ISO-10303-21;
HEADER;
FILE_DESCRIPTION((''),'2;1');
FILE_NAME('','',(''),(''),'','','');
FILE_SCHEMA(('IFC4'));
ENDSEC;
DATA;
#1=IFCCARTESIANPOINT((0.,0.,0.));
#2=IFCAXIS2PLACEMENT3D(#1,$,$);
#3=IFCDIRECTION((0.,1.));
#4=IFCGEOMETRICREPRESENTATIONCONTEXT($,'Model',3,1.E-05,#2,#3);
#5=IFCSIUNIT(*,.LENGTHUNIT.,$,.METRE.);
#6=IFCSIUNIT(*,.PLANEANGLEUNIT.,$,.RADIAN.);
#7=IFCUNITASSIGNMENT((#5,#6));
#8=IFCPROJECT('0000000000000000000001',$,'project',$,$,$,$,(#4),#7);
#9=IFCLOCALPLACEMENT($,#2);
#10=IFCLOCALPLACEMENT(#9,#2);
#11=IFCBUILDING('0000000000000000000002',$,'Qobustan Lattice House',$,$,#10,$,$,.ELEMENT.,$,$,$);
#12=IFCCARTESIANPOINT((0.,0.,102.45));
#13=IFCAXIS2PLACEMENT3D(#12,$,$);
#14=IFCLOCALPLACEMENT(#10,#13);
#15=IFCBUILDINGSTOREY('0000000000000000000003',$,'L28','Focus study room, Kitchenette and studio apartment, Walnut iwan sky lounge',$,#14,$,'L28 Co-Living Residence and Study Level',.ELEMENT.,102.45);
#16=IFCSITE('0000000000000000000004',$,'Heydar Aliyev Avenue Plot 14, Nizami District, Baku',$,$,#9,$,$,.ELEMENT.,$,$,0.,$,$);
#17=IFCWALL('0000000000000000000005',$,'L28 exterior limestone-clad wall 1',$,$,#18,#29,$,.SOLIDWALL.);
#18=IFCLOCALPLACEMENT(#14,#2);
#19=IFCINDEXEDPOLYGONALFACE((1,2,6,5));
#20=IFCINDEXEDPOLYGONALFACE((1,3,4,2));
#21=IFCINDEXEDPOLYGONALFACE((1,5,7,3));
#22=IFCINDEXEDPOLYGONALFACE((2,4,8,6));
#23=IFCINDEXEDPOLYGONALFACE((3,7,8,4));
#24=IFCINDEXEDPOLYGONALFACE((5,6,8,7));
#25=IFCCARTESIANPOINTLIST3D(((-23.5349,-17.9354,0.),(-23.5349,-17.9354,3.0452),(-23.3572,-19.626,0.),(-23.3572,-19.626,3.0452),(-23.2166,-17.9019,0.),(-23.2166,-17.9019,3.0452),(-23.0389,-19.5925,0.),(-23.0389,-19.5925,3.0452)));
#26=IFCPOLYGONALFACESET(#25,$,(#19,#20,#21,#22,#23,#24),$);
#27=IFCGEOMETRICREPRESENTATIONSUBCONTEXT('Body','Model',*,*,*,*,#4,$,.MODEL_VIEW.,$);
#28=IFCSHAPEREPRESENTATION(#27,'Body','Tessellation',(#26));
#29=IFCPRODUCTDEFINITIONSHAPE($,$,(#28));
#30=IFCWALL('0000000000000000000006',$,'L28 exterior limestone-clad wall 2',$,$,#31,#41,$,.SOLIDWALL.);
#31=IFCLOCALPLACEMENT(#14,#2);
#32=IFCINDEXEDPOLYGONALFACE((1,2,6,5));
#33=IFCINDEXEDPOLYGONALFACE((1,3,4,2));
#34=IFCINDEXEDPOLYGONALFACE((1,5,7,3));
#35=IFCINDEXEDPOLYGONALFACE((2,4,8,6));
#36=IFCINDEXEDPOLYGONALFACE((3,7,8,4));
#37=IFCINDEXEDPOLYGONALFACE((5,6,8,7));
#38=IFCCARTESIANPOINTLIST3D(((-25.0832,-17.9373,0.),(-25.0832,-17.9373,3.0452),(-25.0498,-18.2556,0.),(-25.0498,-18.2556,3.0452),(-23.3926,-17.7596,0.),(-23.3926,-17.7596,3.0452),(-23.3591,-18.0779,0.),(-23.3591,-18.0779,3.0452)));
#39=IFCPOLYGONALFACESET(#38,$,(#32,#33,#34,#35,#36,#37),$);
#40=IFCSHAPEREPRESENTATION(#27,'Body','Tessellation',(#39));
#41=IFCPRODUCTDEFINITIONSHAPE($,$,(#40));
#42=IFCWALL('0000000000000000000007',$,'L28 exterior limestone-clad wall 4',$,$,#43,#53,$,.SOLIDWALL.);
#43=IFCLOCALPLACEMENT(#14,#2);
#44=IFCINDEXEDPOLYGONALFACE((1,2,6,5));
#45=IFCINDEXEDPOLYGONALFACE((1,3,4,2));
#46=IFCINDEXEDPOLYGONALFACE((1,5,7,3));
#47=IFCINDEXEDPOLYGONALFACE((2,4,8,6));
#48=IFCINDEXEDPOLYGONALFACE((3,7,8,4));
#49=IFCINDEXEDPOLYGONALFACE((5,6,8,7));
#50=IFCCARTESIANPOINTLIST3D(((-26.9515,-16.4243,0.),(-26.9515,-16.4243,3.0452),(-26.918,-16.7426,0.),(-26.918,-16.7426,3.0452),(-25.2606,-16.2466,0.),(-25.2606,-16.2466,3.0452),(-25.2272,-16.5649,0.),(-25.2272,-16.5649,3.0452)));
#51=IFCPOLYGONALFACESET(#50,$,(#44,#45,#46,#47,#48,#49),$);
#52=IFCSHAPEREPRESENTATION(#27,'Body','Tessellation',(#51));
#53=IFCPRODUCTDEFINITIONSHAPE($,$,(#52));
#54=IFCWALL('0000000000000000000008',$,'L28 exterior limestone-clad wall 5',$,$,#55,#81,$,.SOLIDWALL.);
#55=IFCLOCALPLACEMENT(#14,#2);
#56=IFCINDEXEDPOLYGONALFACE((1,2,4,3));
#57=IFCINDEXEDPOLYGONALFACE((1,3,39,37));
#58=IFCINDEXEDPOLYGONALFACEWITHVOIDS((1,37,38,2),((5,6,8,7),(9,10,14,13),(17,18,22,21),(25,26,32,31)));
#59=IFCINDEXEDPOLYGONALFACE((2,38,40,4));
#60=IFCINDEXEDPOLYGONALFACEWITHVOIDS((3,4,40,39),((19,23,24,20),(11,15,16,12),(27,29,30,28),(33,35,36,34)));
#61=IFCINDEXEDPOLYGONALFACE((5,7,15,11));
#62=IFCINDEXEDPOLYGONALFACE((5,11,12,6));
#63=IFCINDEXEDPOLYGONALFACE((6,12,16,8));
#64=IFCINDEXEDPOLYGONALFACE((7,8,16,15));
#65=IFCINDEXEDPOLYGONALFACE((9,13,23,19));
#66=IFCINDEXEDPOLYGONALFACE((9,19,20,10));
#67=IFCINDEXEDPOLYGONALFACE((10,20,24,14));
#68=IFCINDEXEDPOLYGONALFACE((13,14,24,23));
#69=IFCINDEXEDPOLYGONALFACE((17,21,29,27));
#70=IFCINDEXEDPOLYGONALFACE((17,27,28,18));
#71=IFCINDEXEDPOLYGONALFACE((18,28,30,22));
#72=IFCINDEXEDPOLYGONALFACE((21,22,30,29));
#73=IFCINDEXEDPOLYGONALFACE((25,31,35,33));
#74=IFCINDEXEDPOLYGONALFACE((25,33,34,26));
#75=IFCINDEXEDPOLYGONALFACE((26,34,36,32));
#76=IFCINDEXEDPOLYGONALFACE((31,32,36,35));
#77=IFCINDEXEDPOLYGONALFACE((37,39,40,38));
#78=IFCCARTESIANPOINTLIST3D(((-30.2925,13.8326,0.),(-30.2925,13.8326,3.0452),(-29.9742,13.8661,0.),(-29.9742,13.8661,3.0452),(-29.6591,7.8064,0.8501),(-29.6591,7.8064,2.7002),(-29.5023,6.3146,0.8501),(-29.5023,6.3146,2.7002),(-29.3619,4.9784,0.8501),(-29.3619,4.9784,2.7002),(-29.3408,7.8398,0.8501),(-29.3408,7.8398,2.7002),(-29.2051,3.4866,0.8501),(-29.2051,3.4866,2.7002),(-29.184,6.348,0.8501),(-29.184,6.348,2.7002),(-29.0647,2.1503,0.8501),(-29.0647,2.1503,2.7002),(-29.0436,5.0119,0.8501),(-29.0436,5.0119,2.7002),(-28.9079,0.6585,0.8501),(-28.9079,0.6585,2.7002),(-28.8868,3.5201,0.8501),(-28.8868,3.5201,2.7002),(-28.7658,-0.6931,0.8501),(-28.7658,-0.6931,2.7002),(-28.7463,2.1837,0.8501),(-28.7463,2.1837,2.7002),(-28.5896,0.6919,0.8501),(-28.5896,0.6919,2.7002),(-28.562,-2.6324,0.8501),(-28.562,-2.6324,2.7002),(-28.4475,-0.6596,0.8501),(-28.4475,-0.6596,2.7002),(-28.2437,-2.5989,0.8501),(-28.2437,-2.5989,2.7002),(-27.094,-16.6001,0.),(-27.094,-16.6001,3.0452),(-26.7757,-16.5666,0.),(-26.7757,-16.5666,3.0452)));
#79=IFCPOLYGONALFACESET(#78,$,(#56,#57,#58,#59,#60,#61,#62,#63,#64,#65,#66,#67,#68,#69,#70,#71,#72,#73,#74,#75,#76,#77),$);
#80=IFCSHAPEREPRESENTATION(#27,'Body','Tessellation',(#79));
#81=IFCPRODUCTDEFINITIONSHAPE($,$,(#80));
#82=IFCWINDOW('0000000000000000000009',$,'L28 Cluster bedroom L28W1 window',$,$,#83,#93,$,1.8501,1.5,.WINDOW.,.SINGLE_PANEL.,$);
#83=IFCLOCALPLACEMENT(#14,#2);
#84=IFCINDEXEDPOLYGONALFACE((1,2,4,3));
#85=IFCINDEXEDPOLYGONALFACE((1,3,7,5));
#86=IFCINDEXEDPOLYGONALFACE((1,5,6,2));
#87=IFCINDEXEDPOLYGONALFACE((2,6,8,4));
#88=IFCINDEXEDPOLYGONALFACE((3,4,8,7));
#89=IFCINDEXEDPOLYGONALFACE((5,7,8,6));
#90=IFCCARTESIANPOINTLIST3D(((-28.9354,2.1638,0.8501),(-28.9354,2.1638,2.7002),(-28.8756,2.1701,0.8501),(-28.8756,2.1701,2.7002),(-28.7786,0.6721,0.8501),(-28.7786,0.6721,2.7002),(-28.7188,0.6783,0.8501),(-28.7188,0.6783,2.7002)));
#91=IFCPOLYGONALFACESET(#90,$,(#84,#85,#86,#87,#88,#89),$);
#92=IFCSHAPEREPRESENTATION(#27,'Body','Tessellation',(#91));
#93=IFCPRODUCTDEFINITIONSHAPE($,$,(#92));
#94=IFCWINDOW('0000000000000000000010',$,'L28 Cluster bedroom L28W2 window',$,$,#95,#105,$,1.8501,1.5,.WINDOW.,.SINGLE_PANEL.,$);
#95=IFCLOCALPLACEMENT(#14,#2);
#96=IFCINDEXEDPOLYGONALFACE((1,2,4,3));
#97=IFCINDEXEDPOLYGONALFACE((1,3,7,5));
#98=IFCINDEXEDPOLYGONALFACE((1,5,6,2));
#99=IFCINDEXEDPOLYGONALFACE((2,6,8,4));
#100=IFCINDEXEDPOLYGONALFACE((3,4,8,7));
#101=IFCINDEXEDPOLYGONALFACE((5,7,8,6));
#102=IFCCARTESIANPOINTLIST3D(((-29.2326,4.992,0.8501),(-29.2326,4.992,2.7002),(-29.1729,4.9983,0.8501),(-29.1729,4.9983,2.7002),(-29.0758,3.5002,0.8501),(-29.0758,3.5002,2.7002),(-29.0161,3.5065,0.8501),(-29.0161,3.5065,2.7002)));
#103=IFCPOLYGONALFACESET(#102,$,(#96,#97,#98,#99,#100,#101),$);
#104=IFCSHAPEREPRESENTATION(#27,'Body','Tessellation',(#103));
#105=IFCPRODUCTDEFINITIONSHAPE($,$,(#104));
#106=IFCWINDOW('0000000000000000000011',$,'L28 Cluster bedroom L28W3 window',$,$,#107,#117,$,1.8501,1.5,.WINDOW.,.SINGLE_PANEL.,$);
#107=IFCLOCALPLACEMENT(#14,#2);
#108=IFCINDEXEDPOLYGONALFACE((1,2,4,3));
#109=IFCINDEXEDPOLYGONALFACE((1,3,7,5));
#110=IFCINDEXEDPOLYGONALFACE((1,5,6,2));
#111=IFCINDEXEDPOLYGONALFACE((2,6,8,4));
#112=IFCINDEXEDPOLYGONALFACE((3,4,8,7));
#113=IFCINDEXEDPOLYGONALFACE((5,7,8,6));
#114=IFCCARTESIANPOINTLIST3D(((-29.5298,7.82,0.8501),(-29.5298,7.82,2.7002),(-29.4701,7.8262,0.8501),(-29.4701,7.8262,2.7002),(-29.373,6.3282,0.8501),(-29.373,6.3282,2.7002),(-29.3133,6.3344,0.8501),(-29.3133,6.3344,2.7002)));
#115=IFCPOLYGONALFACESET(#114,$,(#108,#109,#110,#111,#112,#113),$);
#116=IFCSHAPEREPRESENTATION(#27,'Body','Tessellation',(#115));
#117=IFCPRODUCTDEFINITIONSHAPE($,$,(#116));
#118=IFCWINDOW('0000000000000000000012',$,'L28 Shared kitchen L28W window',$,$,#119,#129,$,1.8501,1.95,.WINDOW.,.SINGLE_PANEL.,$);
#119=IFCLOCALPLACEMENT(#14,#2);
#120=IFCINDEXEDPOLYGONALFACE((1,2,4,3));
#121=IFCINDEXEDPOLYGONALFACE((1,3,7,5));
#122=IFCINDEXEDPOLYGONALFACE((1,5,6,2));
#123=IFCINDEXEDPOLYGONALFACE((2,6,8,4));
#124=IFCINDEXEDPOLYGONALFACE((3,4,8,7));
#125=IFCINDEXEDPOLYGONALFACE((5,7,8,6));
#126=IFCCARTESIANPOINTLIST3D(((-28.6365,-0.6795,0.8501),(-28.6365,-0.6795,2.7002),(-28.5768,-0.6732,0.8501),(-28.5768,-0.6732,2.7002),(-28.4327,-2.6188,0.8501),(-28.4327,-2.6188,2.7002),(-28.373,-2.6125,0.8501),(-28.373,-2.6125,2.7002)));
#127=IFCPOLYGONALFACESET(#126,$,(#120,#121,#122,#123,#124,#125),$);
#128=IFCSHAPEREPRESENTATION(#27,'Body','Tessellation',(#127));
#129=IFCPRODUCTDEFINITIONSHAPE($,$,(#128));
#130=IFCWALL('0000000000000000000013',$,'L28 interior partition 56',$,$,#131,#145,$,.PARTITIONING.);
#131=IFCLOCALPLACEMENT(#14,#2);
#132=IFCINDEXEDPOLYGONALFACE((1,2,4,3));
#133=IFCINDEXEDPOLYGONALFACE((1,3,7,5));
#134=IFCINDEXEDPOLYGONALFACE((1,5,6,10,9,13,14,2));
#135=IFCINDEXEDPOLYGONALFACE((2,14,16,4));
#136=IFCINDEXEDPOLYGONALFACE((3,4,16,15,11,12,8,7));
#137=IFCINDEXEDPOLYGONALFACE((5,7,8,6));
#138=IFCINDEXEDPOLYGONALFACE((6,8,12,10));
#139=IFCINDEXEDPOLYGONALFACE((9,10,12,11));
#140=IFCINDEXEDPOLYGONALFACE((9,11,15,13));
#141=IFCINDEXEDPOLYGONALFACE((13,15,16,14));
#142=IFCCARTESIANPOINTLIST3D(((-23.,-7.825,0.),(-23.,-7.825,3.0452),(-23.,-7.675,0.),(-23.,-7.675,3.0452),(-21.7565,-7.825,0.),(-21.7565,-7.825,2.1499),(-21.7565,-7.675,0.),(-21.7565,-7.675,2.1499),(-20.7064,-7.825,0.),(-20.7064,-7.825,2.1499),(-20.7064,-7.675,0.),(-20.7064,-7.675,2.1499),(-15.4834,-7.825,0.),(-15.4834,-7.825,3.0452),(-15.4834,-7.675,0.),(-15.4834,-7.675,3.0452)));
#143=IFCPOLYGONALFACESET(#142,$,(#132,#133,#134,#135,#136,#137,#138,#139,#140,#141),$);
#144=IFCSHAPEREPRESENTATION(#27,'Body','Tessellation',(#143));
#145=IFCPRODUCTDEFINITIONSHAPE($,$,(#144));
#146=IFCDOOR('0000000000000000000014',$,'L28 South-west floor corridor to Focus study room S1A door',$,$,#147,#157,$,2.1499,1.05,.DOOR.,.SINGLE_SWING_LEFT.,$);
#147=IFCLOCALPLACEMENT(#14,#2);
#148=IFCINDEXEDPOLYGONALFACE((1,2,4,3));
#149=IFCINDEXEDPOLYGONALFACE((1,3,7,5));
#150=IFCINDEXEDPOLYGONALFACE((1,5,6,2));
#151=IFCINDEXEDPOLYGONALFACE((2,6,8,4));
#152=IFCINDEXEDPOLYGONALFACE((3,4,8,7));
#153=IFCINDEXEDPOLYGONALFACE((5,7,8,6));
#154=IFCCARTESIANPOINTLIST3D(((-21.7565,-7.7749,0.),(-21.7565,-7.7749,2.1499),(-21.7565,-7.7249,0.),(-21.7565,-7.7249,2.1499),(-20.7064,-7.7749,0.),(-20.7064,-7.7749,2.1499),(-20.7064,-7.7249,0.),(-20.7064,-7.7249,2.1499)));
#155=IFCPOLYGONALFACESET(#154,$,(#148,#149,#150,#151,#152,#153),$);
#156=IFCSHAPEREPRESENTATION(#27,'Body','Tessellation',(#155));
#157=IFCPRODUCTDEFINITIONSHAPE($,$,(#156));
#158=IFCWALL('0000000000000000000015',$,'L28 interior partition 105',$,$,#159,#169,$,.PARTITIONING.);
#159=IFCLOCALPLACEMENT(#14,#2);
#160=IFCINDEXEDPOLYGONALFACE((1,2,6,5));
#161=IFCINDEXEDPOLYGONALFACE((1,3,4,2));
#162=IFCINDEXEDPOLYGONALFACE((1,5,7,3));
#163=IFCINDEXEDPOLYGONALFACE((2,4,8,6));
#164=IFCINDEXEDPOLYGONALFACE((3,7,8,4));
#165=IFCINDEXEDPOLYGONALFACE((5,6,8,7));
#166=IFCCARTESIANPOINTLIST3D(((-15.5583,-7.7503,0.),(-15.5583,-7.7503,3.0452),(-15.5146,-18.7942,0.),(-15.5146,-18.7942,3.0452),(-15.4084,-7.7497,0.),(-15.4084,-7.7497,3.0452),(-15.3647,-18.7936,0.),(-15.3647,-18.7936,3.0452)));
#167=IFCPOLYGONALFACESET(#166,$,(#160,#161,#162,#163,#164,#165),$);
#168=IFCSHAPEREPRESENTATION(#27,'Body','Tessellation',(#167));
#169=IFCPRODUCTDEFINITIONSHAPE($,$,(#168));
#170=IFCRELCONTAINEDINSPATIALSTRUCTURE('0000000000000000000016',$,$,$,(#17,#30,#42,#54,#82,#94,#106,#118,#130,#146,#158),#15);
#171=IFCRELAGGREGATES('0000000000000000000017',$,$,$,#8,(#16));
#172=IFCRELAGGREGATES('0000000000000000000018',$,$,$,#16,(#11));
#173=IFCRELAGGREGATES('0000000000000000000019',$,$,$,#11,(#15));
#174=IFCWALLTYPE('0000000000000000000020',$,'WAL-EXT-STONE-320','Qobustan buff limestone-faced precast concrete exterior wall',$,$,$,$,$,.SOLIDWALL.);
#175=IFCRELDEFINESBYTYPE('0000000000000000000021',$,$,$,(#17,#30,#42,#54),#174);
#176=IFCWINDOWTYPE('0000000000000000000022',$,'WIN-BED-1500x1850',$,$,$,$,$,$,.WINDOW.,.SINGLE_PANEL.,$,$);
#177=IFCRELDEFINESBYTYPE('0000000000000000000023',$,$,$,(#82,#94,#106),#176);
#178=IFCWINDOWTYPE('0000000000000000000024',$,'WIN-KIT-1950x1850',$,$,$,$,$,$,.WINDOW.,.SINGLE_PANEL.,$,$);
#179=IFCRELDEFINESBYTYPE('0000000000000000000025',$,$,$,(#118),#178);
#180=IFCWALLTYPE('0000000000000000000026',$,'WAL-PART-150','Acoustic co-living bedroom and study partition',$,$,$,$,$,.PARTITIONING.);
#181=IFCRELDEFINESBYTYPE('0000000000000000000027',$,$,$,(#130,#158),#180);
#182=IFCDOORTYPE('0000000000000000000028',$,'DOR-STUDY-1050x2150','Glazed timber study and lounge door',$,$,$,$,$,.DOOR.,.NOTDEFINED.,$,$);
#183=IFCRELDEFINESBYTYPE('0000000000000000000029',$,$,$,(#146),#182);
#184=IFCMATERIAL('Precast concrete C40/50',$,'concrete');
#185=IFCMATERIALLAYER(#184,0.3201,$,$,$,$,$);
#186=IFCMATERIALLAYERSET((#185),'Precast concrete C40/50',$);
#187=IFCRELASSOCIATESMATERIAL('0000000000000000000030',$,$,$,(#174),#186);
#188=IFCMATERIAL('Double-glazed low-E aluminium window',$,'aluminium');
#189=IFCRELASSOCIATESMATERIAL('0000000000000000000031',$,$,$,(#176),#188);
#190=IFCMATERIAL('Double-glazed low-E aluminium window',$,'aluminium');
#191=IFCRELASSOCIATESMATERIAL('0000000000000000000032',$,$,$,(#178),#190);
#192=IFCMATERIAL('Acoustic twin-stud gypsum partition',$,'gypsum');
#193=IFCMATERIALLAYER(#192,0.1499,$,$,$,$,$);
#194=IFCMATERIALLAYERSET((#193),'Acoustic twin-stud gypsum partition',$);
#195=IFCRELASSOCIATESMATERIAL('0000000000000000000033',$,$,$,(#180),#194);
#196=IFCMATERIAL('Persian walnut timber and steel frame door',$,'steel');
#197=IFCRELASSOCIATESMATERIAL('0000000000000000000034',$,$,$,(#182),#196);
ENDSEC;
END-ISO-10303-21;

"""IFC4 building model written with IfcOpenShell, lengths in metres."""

from ifc_helpers import new_model, si_unit, direction, frame, frame_2d, origin, place, context, subcontext, project, spatial, rectangle, extrude, material, layer, layer_set, type_object, element, fill, save


model = new_model("IFC4")

# Units and contexts
model_context = context("Model", 3, precision=1e-05, world=origin(), true_north=direction((0.0, 1.0)))
body_context = subcontext(model_context, "Body", "Model", "MODEL_VIEW")
ifc_project = project(units=[si_unit("LENGTHUNIT", "METRE"), si_unit("PLANEANGLEUNIT", "RADIAN")], contexts=[model_context])

# Site, building, storey
site_placement = place(None, origin())
site = spatial("IfcSite", under=ifc_project, at=site_placement, Name="Heydar Aliyev Avenue Plot 14, Nizami District, Baku", CompositionType="ELEMENT", RefElevation=0.0)
building_placement = place(site_placement, origin())
building = spatial("IfcBuilding", under=site, at=building_placement, Name="Qobustan Lattice House", CompositionType="ELEMENT")
storey_placement = place(building_placement, frame((0.0, 0.0, 102.45)))
storey = spatial("IfcBuildingStorey", under=building, at=storey_placement, Name="L28", Description="Focus study room, Kitchenette and studio apartment, Walnut iwan sky lounge", LongName="L28 Co-Living Residence and Study Level", CompositionType="ELEMENT", Elevation=102.45)

# Walls
ifc_material_1 = material(Name="Precast concrete C40/50", Category="concrete")
ifc_layer_1 = layer(ifc_material_1, 0.3201)
ifc_layer_set_1 = layer_set([ifc_layer_1], Name="Precast concrete C40/50")
wall_type_1 = type_object("IfcWallType", Name="WAL-EXT-STONE-320", Description="Qobustan buff limestone-faced precast concrete exterior wall", PredefinedType="SOLIDWALL", material=ifc_layer_set_1)
for number, where, z_axis, x_axis, name in (
    (1, (-23.198, -19.6094, 0.0), (0.0, 0.0, 1.0), (-0.10455, 0.99452, 0.0), "L28 exterior limestone-clad wall 1"),
    (2, (-23.3757, -17.9187, 0.0), (0.0, 0.0, 1.0), (-0.99452, -0.10455, 0.0), "L28 exterior limestone-clad wall 2"),
):
    element("IfcWall", number, at=place(storey_placement, frame(where, z_axis=z_axis, x_axis=x_axis)), inside=storey, type_object=wall_type_1, Name=name, PredefinedType="SOLIDWALL", context=body_context, shape_type="SweptSolid", body=[
        extrude(rectangle(XDim=1.7, YDim=0.3201, at=frame_2d((0.8501, 0.0))), origin(), (0.0, 0.0, 1.0), 3.0452),
    ])
wall_1_placement = place(storey_placement, frame((-25.2439, -16.4058, 0.0), z_axis=(0.0, 0.0, 1.0), x_axis=(-0.994521, -0.104535, 0.0)))
element("IfcWall", 3, at=wall_1_placement, inside=storey, type_object=wall_type_1, Name="L28 exterior limestone-clad wall 4", PredefinedType="SOLIDWALL", context=body_context, shape_type="SweptSolid", body=[
    extrude(rectangle(XDim=1.7002, YDim=0.3201, at=frame_2d((0.8501, 0.0))), origin(), (0.0, 0.0, 1.0), 3.0452),
])

# Wall, openings, windows
wall_2_placement = place(storey_placement, frame((-26.9348, -16.5835, 0.0), z_axis=(0.0, 0.0, 1.0), x_axis=(-0.104525, 0.994522, 0.0)))
wall_2 = element("IfcWall", 4, at=wall_2_placement, inside=storey, type_object=wall_type_1, Name="L28 exterior limestone-clad wall 5", PredefinedType="SOLIDWALL", context=body_context, shape_type="SweptSolid", body=[
    extrude(rectangle(XDim=30.6003, YDim=0.3201, at=frame_2d((15.3003, 0.0))), origin(), (0.0, 0.0, 1.0), 3.0452),
])
opening_1_placement = place(wall_2_placement, frame((14.0447, 0.0, 0.8501)))
opening_1 = element("IfcOpeningElement", 5, at=opening_1_placement, cuts=wall_2, PredefinedType="OPENING", context=body_context, shape_type="SweptSolid", body=[
    extrude(rectangle(XDim=1.95, YDim=1.8501, at=frame_2d((0.9751, 0.925))), frame((0.0, 0.1699, 0.0), z_axis=(0.0, -1.0, 0.0), x_axis=(1.0, 0.0, 0.0)), (0.0, 0.0, 1.0), 0.3401),
])
opening_2_placement = place(wall_2_placement, frame((17.3538, 0.0, 0.8501)))
opening_2 = element("IfcOpeningElement", 6, at=opening_2_placement, cuts=wall_2, PredefinedType="OPENING", context=body_context, shape_type="SweptSolid", body=[
    extrude(rectangle(XDim=1.5, YDim=1.8501, at=frame_2d((0.75, 0.925))), frame((0.0, 0.1699, 0.0), z_axis=(0.0, -1.0, 0.0), x_axis=(1.0, 0.0, 0.0)), (0.0, 0.0, 1.0), 0.3401),
])
opening_3_placement = place(wall_2_placement, frame((20.1975, 0.0, 0.8501)))
opening_3 = element("IfcOpeningElement", 7, at=opening_3_placement, cuts=wall_2, PredefinedType="OPENING", context=body_context, shape_type="SweptSolid", body=[
    extrude(rectangle(XDim=1.5, YDim=1.8501, at=frame_2d((0.75, 0.925))), frame((0.0, 0.1699, 0.0), z_axis=(0.0, -1.0, 0.0), x_axis=(1.0, 0.0, 0.0)), (0.0, 0.0, 1.0), 0.3401),
])
opening_4_placement = place(wall_2_placement, frame((23.041, 0.0, 0.8501)))
opening_4 = element("IfcOpeningElement", 8, at=opening_4_placement, cuts=wall_2, PredefinedType="OPENING", context=body_context, shape_type="SweptSolid", body=[
    extrude(rectangle(XDim=1.5, YDim=1.8501, at=frame_2d((0.75, 0.925))), frame((0.0, 0.1699, 0.0), z_axis=(0.0, -1.0, 0.0), x_axis=(1.0, 0.0, 0.0)), (0.0, 0.0, 1.0), 0.3401),
])
ifc_material_2 = material(Name="Double-glazed low-E aluminium window", Category="aluminium")
window_type_1 = type_object("IfcWindowType", Name="WIN-BED-1500x1850", PartitioningType="SINGLE_PANEL", PredefinedType="WINDOW", material=ifc_material_2)
window_1_placement = place(opening_2_placement, origin())
window_1 = element("IfcWindow", 9, at=window_1_placement, inside=storey, type_object=window_type_1, Name="L28 Cluster bedroom L28W1 window", OverallHeight=1.8501, OverallWidth=1.5, PartitioningType="SINGLE_PANEL", PredefinedType="WINDOW", context=body_context, shape_type="SweptSolid", body=[
    extrude(rectangle(XDim=1.5, YDim=1.8501, at=frame_2d((0.75, 0.925))), frame((0.0, 0.03, 0.0), z_axis=(0.0, -1.0, 0.0), x_axis=(1.0, 0.0, 0.0)), (0.0, 0.0, 1.0), 0.0601),
])
fill(opening_2, window_1)
window_2_placement = place(opening_3_placement, origin())
window_2 = element("IfcWindow", 10, at=window_2_placement, inside=storey, type_object=window_type_1, Name="L28 Cluster bedroom L28W2 window", OverallHeight=1.8501, OverallWidth=1.5, PartitioningType="SINGLE_PANEL", PredefinedType="WINDOW", context=body_context, shape_type="SweptSolid", body=[
    extrude(rectangle(XDim=1.5, YDim=1.8501, at=frame_2d((0.75, 0.925))), frame((0.0, 0.03, 0.0), z_axis=(0.0, -1.0, 0.0), x_axis=(1.0, 0.0, 0.0)), (0.0, 0.0, 1.0), 0.0601),
])
fill(opening_3, window_2)
window_3_placement = place(opening_4_placement, origin())
window_3 = element("IfcWindow", 11, at=window_3_placement, inside=storey, type_object=window_type_1, Name="L28 Cluster bedroom L28W3 window", OverallHeight=1.8501, OverallWidth=1.5, PartitioningType="SINGLE_PANEL", PredefinedType="WINDOW", context=body_context, shape_type="SweptSolid", body=[
    extrude(rectangle(XDim=1.5, YDim=1.8501, at=frame_2d((0.75, 0.925))), frame((0.0, 0.03, 0.0), z_axis=(0.0, -1.0, 0.0), x_axis=(1.0, 0.0, 0.0)), (0.0, 0.0, 1.0), 0.0601),
])
fill(opening_4, window_3)
ifc_material_3 = material(Name="Double-glazed low-E aluminium window", Category="aluminium")
window_type_2 = type_object("IfcWindowType", Name="WIN-KIT-1950x1850", PartitioningType="SINGLE_PANEL", PredefinedType="WINDOW", material=ifc_material_3)
window_4_placement = place(opening_1_placement, origin())
window_4 = element("IfcWindow", 12, at=window_4_placement, inside=storey, type_object=window_type_2, Name="L28 Shared kitchen L28W window", OverallHeight=1.8501, OverallWidth=1.95, PartitioningType="SINGLE_PANEL", PredefinedType="WINDOW", context=body_context, shape_type="SweptSolid", body=[
    extrude(rectangle(XDim=1.95, YDim=1.8501, at=frame_2d((0.9751, 0.925))), frame((0.0, 0.03, 0.0), z_axis=(0.0, -1.0, 0.0), x_axis=(1.0, 0.0, 0.0)), (0.0, 0.0, 1.0), 0.0601),
])
fill(opening_1, window_4)

# Wall, opening, door
ifc_material_4 = material(Name="Acoustic twin-stud gypsum partition", Category="gypsum")
ifc_layer_2 = layer(ifc_material_4, 0.1499)
ifc_layer_set_2 = layer_set([ifc_layer_2], Name="Acoustic twin-stud gypsum partition")
wall_type_2 = type_object("IfcWallType", Name="WAL-PART-150", Description="Acoustic co-living bedroom and study partition", PredefinedType="PARTITIONING", material=ifc_layer_set_2)
wall_3_placement = place(storey_placement, frame((-15.4834, -7.75, 0.0), z_axis=(0.0, 0.0, 1.0), x_axis=(-1.0, 0.0, 0.0)))
wall_3 = element("IfcWall", 13, at=wall_3_placement, inside=storey, type_object=wall_type_2, Name="L28 interior partition 56", PredefinedType="PARTITIONING", context=body_context, shape_type="SweptSolid", body=[
    extrude(rectangle(XDim=7.5166, YDim=0.1499, at=frame_2d((3.7583, 0.0))), origin(), (0.0, 0.0, 1.0), 3.0452),
])
opening_5_placement = place(wall_3_placement, frame((5.2231, 0.0, 0.0)))
opening_5 = element("IfcOpeningElement", 14, at=opening_5_placement, cuts=wall_3, PredefinedType="OPENING", context=body_context, shape_type="SweptSolid", body=[
    extrude(rectangle(XDim=1.05, YDim=2.1499, at=frame_2d((0.5249, 1.075))), frame((0.0, 0.085, 0.0), z_axis=(0.0, -1.0, 0.0), x_axis=(1.0, 0.0, 0.0)), (0.0, 0.0, 1.0), 0.1699),
])
ifc_material_5 = material(Name="Persian walnut timber and steel frame door", Category="steel")
door_type = type_object("IfcDoorType", Name="DOR-STUDY-1050x2150", Description="Glazed timber study and lounge door", OperationType="NOTDEFINED", PredefinedType="DOOR", material=ifc_material_5)
door_placement = place(opening_5_placement, origin())
door = element("IfcDoor", 15, at=door_placement, inside=storey, type_object=door_type, Name="L28 South-west floor corridor to Focus study room S1A door", OperationType="SINGLE_SWING_LEFT", OverallHeight=2.1499, OverallWidth=1.05, PredefinedType="DOOR", context=body_context, shape_type="SweptSolid", body=[
    extrude(rectangle(XDim=1.05, YDim=2.1499, at=frame_2d((0.5249, 1.075))), frame((0.0, 0.0249, 0.0), z_axis=(0.0, -1.0, 0.0), x_axis=(1.0, 0.0, 0.0)), (0.0, 0.0, 1.0), 0.05),
])
fill(opening_5, door)

# Wall
wall_4_placement = place(storey_placement, frame((-15.4834, -7.75, 0.0), z_axis=(0.0, 0.0, 1.0), x_axis=(0.003957, -0.999992, 0.0)))
element("IfcWall", 16, at=wall_4_placement, inside=storey, type_object=wall_type_2, Name="L28 interior partition 105", PredefinedType="PARTITIONING", context=body_context, shape_type="SweptSolid", body=[
    extrude(rectangle(XDim=11.0439, YDim=0.1499, at=frame_2d((5.522, 0.0))), origin(), (0.0, 0.0, 1.0), 3.0452),
])

save(model, "model.ifc")
